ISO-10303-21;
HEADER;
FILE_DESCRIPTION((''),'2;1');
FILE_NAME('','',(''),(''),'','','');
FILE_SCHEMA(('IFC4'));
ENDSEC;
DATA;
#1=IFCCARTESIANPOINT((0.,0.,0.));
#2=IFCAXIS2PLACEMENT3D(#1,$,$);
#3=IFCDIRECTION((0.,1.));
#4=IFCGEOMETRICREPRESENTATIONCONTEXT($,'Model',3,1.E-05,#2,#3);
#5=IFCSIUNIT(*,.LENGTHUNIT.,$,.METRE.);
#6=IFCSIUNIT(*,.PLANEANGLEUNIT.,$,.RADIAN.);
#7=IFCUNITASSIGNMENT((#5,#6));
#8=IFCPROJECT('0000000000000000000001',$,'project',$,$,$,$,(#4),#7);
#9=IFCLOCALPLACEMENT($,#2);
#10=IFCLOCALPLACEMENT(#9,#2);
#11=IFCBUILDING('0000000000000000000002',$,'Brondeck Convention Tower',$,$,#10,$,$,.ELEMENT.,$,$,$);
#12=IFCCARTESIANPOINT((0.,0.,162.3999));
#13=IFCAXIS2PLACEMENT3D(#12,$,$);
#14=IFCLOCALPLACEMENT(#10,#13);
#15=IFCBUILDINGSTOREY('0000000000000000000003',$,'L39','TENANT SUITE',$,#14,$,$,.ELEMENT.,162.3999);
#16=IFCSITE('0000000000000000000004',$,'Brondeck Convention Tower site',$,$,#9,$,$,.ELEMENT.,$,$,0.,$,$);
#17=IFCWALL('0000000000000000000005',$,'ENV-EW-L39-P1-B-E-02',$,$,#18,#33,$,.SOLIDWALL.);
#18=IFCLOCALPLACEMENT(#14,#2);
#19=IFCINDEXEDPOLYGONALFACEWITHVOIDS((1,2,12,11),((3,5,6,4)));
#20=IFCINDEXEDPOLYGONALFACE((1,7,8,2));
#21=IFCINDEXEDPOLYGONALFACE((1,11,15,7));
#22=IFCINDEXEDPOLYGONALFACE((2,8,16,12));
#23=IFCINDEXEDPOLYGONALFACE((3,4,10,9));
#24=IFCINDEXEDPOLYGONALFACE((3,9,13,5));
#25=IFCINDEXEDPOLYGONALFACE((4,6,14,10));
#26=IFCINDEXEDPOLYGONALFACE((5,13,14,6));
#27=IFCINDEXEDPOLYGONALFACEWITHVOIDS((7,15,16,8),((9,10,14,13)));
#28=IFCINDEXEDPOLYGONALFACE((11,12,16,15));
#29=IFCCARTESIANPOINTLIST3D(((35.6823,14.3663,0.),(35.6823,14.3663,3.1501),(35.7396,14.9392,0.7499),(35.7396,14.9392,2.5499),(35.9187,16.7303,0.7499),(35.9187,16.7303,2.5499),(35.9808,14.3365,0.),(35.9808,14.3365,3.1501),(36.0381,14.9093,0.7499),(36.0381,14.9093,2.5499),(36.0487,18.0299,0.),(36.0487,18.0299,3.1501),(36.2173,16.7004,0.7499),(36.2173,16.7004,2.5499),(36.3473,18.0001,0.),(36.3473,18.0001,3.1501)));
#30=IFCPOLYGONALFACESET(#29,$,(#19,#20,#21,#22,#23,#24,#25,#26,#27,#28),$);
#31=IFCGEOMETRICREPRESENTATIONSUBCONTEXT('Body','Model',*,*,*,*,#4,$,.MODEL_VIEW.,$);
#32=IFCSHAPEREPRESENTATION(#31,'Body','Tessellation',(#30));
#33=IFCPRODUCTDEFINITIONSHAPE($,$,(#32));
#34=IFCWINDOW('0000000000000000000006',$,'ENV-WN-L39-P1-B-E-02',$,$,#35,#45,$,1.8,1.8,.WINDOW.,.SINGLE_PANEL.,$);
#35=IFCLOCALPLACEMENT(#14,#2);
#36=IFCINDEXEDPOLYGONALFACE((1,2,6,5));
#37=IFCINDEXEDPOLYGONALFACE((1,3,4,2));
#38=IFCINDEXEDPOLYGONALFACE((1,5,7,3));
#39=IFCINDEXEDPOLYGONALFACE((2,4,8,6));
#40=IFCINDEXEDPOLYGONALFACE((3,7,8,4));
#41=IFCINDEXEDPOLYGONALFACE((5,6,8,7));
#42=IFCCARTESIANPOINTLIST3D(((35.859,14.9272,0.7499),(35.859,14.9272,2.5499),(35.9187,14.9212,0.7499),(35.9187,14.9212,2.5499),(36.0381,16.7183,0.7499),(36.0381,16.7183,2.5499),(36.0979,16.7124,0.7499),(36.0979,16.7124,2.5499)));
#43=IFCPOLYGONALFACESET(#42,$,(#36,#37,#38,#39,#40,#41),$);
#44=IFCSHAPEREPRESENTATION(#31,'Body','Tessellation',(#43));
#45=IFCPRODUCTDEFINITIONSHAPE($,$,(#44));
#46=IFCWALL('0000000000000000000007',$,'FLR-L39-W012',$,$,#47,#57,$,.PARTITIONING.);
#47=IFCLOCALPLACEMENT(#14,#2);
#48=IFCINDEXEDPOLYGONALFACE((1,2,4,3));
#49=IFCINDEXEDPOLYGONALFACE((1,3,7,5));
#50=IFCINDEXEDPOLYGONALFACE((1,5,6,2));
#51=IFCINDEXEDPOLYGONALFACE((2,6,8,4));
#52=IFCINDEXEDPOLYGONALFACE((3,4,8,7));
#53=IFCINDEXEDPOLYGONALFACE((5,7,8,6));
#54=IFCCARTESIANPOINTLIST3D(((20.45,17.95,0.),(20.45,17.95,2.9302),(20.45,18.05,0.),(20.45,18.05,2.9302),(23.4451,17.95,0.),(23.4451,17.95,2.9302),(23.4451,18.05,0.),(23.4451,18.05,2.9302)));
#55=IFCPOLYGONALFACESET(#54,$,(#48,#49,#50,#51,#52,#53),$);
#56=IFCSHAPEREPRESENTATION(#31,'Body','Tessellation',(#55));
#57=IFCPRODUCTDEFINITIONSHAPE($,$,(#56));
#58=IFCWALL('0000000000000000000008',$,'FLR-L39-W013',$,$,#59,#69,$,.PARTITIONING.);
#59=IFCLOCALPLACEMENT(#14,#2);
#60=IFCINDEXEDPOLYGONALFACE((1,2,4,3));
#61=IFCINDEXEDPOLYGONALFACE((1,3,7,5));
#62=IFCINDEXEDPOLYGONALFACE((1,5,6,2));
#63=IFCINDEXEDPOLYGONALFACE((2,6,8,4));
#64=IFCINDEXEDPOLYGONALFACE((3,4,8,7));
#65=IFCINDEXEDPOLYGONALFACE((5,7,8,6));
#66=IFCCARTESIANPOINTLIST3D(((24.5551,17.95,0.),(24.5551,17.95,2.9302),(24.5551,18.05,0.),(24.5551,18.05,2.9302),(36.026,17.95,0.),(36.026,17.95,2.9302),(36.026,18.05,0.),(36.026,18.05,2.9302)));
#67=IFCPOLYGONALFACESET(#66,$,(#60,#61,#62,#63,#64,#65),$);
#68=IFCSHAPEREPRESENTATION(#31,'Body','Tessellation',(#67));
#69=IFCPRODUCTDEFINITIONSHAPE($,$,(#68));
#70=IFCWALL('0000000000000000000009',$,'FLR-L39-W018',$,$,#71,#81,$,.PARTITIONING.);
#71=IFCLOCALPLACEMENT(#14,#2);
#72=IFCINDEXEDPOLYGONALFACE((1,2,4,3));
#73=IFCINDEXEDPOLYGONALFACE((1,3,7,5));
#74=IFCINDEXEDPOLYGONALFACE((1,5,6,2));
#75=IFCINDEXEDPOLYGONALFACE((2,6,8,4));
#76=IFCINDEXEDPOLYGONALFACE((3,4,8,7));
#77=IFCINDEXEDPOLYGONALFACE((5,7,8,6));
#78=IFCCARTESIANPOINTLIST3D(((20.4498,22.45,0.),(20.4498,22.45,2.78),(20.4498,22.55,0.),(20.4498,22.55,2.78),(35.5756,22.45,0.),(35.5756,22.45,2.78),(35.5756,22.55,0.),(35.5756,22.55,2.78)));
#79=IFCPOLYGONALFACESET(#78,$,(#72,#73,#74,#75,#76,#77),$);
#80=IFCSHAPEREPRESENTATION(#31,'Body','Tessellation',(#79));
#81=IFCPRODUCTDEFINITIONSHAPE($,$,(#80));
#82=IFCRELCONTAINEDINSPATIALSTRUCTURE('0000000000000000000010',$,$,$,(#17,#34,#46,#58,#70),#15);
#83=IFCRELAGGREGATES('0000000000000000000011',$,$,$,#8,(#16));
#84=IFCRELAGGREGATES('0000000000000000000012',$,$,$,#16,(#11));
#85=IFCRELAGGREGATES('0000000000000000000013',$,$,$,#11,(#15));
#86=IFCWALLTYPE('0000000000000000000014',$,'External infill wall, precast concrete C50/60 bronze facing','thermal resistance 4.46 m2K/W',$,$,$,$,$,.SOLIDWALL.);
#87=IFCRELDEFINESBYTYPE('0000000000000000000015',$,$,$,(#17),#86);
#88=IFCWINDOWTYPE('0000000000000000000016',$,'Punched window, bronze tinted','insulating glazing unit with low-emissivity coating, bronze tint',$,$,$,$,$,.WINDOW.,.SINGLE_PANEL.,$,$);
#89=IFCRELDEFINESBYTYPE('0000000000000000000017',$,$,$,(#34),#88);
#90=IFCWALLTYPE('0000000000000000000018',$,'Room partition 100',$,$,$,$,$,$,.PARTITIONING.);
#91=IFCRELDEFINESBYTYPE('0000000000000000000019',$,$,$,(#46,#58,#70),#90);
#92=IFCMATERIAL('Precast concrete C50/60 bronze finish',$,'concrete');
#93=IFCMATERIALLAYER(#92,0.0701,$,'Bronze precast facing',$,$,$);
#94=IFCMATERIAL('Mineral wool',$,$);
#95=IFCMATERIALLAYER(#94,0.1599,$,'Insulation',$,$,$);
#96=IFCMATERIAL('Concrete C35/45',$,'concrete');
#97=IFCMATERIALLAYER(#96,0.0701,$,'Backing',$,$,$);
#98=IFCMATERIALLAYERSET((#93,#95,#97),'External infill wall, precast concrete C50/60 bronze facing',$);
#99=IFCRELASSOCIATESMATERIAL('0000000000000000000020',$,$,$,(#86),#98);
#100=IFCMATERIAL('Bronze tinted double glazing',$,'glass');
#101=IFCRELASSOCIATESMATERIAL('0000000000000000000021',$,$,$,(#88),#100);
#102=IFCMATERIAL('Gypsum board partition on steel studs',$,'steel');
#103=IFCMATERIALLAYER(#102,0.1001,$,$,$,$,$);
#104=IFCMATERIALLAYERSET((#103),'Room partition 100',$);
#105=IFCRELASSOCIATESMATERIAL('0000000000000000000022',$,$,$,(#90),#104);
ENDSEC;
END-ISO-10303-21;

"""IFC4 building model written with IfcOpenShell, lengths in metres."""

from ifc_helpers import new_model, si_unit, direction, frame, frame_2d, origin, place, context, subcontext, project, spatial, rectangle, extrude, material, layer, layer_set, type_object, element, fill, save


model = new_model("IFC4")

# Units and contexts
model_context = context("Model", 3, precision=1e-05, world=origin(), true_north=direction((0.0, 1.0)))
body_context = subcontext(model_context, "Body", "Model", "MODEL_VIEW")
ifc_project = project(units=[si_unit("LENGTHUNIT", "METRE"), si_unit("PLANEANGLEUNIT", "RADIAN")], contexts=[model_context])

# Site, building, storey
site_placement = place(None, origin())
site = spatial("IfcSite", under=ifc_project, at=site_placement, Name="Brondeck Convention Tower site", CompositionType="ELEMENT", RefElevation=0.0)
building_placement = place(site_placement, origin())
building = spatial("IfcBuilding", under=site, at=building_placement, Name="Brondeck Convention Tower", CompositionType="ELEMENT")
storey_placement = place(building_placement, frame((0.0, 0.0, 162.3999)))
storey = spatial("IfcBuildingStorey", under=building, at=storey_placement, Name="L39", Description="TENANT SUITE", CompositionType="ELEMENT", Elevation=162.3999)

# Shared definitions
ifc_material_1 = material(Name="Precast concrete C50/60 bronze finish", Category="concrete")
ifc_layer_1 = layer(ifc_material_1, 0.0701, Name="Bronze precast facing")
ifc_material_2 = material(Name="Mineral wool")
ifc_layer_2 = layer(ifc_material_2, 0.1599, Name="Insulation")
ifc_material_3 = material(Name="Concrete C35/45", Category="concrete")
ifc_layer_3 = layer(ifc_material_3, 0.0701, Name="Backing")
ifc_layer_set_1 = layer_set([ifc_layer_1, ifc_layer_2, ifc_layer_3], Name="External infill wall, precast concrete C50/60 bronze facing")
wall_type_1 = type_object("IfcWallType", Name="External infill wall, precast concrete C50/60 bronze facing", Description="thermal resistance 4.46 m2K/W", PredefinedType="SOLIDWALL", material=ifc_layer_set_1)
ifc_material_4 = material(Name="Bronze tinted double glazing", Category="glass")
window_type_1 = type_object("IfcWindowType", Name="Punched window, bronze tinted", Description="insulating glazing unit with low-emissivity coating, bronze tint", PartitioningType="SINGLE_PANEL", PredefinedType="WINDOW", material=ifc_material_4)

# Wall, opening, window
wall_1_placement = place(storey_placement, frame((36.198, 18.0149, 0.0), z_axis=(0.0, 0.0, 1.0), x_axis=(-0.09953, -0.995035, 0.0)))
wall_1 = element("IfcWall", 1, at=wall_1_placement, inside=storey, type_object=wall_type_1, Name="ENV-EW-L39-P1-B-E-02", PredefinedType="SOLIDWALL", context=body_context, shape_type="SweptSolid", body=[
    extrude(rectangle(XDim=3.6819, YDim=0.3, at=frame_2d((1.8408, 0.0))), origin(), (0.0, 0.0, 1.0), 3.1501),
])
opening_1_placement = place(wall_1_placement, frame((1.3062, 0.0, 0.75)))
opening_1 = element("IfcOpeningElement", 2, at=opening_1_placement, cuts=wall_1, PredefinedType="OPENING", context=body_context, shape_type="SweptSolid", body=[
    extrude(rectangle(XDim=1.8, YDim=1.8, at=frame_2d((0.8999, 0.8999))), frame((0.0, 0.1599, 0.0), z_axis=(0.0, -1.0, 0.0), x_axis=(1.0, 0.0, 0.0)), (0.0, 0.0, 1.0), 0.3201),
])
window_1_placement = place(opening_1_placement, origin())
window_1 = element("IfcWindow", 3, at=window_1_placement, inside=storey, type_object=window_type_1, Name="ENV-WN-L39-P1-B-E-02", OverallHeight=1.8, OverallWidth=1.8, PartitioningType="SINGLE_PANEL", PredefinedType="WINDOW", context=body_context, shape_type="SweptSolid", body=[
    extrude(rectangle(XDim=1.8, YDim=1.8, at=frame_2d((0.8999, 0.8999))), frame((0.0, 0.03, 0.0), z_axis=(0.0, -1.0, 0.0), x_axis=(1.0, 0.0, 0.0)), (0.0, 0.0, 1.0), 0.0601),
])
fill(opening_1, window_1)

# Walls
ifc_material_5 = material(Name="Gypsum board partition on steel studs", Category="steel")
ifc_layer_4 = layer(ifc_material_5, 0.1001)
ifc_layer_set_2 = layer_set([ifc_layer_4], Name="Room partition 100")
wall_type_2 = type_object("IfcWallType", Name="Room partition 100", PredefinedType="PARTITIONING", material=ifc_layer_set_2)
wall_2_placement = place(storey_placement, frame((23.4451, 18.0, 0.0), z_axis=(0.0, 0.0, 1.0), x_axis=(-1.0, 0.0, 0.0)))
element("IfcWall", 4, at=wall_2_placement, inside=storey, type_object=wall_type_2, Name="FLR-L39-W012", PredefinedType="PARTITIONING", context=body_context, shape_type="SweptSolid", body=[
    extrude(rectangle(XDim=2.9951, YDim=0.1001, at=frame_2d((1.4976, 0.0))), origin(), (0.0, 0.0, 1.0), 2.9302),
])
wall_3_placement = place(storey_placement, frame((36.0259, 18.0, 0.0), z_axis=(0.0, 0.0, 1.0), x_axis=(-1.0, 0.0, 0.0)))
element("IfcWall", 5, at=wall_3_placement, inside=storey, type_object=wall_type_2, Name="FLR-L39-W013", PredefinedType="PARTITIONING", context=body_context, shape_type="SweptSolid", body=[
    extrude(rectangle(XDim=11.4709, YDim=0.1001, at=frame_2d((5.7354, 0.0))), origin(), (0.0, 0.0, 1.0), 2.9302),
])
wall_4_placement = place(storey_placement, frame((35.5757, 22.5, 0.0), z_axis=(0.0, 0.0, 1.0), x_axis=(-1.0, 0.0, 0.0)))
element("IfcWall", 6, at=wall_4_placement, inside=storey, type_object=wall_type_2, Name="FLR-L39-W018", PredefinedType="PARTITIONING", context=body_context, shape_type="SweptSolid", body=[
    extrude(rectangle(XDim=15.1257, YDim=0.1001, at=frame_2d((7.563, 0.0))), origin(), (0.0, 0.0, 1.0), 2.78),
])

save(model, "model.ifc")
